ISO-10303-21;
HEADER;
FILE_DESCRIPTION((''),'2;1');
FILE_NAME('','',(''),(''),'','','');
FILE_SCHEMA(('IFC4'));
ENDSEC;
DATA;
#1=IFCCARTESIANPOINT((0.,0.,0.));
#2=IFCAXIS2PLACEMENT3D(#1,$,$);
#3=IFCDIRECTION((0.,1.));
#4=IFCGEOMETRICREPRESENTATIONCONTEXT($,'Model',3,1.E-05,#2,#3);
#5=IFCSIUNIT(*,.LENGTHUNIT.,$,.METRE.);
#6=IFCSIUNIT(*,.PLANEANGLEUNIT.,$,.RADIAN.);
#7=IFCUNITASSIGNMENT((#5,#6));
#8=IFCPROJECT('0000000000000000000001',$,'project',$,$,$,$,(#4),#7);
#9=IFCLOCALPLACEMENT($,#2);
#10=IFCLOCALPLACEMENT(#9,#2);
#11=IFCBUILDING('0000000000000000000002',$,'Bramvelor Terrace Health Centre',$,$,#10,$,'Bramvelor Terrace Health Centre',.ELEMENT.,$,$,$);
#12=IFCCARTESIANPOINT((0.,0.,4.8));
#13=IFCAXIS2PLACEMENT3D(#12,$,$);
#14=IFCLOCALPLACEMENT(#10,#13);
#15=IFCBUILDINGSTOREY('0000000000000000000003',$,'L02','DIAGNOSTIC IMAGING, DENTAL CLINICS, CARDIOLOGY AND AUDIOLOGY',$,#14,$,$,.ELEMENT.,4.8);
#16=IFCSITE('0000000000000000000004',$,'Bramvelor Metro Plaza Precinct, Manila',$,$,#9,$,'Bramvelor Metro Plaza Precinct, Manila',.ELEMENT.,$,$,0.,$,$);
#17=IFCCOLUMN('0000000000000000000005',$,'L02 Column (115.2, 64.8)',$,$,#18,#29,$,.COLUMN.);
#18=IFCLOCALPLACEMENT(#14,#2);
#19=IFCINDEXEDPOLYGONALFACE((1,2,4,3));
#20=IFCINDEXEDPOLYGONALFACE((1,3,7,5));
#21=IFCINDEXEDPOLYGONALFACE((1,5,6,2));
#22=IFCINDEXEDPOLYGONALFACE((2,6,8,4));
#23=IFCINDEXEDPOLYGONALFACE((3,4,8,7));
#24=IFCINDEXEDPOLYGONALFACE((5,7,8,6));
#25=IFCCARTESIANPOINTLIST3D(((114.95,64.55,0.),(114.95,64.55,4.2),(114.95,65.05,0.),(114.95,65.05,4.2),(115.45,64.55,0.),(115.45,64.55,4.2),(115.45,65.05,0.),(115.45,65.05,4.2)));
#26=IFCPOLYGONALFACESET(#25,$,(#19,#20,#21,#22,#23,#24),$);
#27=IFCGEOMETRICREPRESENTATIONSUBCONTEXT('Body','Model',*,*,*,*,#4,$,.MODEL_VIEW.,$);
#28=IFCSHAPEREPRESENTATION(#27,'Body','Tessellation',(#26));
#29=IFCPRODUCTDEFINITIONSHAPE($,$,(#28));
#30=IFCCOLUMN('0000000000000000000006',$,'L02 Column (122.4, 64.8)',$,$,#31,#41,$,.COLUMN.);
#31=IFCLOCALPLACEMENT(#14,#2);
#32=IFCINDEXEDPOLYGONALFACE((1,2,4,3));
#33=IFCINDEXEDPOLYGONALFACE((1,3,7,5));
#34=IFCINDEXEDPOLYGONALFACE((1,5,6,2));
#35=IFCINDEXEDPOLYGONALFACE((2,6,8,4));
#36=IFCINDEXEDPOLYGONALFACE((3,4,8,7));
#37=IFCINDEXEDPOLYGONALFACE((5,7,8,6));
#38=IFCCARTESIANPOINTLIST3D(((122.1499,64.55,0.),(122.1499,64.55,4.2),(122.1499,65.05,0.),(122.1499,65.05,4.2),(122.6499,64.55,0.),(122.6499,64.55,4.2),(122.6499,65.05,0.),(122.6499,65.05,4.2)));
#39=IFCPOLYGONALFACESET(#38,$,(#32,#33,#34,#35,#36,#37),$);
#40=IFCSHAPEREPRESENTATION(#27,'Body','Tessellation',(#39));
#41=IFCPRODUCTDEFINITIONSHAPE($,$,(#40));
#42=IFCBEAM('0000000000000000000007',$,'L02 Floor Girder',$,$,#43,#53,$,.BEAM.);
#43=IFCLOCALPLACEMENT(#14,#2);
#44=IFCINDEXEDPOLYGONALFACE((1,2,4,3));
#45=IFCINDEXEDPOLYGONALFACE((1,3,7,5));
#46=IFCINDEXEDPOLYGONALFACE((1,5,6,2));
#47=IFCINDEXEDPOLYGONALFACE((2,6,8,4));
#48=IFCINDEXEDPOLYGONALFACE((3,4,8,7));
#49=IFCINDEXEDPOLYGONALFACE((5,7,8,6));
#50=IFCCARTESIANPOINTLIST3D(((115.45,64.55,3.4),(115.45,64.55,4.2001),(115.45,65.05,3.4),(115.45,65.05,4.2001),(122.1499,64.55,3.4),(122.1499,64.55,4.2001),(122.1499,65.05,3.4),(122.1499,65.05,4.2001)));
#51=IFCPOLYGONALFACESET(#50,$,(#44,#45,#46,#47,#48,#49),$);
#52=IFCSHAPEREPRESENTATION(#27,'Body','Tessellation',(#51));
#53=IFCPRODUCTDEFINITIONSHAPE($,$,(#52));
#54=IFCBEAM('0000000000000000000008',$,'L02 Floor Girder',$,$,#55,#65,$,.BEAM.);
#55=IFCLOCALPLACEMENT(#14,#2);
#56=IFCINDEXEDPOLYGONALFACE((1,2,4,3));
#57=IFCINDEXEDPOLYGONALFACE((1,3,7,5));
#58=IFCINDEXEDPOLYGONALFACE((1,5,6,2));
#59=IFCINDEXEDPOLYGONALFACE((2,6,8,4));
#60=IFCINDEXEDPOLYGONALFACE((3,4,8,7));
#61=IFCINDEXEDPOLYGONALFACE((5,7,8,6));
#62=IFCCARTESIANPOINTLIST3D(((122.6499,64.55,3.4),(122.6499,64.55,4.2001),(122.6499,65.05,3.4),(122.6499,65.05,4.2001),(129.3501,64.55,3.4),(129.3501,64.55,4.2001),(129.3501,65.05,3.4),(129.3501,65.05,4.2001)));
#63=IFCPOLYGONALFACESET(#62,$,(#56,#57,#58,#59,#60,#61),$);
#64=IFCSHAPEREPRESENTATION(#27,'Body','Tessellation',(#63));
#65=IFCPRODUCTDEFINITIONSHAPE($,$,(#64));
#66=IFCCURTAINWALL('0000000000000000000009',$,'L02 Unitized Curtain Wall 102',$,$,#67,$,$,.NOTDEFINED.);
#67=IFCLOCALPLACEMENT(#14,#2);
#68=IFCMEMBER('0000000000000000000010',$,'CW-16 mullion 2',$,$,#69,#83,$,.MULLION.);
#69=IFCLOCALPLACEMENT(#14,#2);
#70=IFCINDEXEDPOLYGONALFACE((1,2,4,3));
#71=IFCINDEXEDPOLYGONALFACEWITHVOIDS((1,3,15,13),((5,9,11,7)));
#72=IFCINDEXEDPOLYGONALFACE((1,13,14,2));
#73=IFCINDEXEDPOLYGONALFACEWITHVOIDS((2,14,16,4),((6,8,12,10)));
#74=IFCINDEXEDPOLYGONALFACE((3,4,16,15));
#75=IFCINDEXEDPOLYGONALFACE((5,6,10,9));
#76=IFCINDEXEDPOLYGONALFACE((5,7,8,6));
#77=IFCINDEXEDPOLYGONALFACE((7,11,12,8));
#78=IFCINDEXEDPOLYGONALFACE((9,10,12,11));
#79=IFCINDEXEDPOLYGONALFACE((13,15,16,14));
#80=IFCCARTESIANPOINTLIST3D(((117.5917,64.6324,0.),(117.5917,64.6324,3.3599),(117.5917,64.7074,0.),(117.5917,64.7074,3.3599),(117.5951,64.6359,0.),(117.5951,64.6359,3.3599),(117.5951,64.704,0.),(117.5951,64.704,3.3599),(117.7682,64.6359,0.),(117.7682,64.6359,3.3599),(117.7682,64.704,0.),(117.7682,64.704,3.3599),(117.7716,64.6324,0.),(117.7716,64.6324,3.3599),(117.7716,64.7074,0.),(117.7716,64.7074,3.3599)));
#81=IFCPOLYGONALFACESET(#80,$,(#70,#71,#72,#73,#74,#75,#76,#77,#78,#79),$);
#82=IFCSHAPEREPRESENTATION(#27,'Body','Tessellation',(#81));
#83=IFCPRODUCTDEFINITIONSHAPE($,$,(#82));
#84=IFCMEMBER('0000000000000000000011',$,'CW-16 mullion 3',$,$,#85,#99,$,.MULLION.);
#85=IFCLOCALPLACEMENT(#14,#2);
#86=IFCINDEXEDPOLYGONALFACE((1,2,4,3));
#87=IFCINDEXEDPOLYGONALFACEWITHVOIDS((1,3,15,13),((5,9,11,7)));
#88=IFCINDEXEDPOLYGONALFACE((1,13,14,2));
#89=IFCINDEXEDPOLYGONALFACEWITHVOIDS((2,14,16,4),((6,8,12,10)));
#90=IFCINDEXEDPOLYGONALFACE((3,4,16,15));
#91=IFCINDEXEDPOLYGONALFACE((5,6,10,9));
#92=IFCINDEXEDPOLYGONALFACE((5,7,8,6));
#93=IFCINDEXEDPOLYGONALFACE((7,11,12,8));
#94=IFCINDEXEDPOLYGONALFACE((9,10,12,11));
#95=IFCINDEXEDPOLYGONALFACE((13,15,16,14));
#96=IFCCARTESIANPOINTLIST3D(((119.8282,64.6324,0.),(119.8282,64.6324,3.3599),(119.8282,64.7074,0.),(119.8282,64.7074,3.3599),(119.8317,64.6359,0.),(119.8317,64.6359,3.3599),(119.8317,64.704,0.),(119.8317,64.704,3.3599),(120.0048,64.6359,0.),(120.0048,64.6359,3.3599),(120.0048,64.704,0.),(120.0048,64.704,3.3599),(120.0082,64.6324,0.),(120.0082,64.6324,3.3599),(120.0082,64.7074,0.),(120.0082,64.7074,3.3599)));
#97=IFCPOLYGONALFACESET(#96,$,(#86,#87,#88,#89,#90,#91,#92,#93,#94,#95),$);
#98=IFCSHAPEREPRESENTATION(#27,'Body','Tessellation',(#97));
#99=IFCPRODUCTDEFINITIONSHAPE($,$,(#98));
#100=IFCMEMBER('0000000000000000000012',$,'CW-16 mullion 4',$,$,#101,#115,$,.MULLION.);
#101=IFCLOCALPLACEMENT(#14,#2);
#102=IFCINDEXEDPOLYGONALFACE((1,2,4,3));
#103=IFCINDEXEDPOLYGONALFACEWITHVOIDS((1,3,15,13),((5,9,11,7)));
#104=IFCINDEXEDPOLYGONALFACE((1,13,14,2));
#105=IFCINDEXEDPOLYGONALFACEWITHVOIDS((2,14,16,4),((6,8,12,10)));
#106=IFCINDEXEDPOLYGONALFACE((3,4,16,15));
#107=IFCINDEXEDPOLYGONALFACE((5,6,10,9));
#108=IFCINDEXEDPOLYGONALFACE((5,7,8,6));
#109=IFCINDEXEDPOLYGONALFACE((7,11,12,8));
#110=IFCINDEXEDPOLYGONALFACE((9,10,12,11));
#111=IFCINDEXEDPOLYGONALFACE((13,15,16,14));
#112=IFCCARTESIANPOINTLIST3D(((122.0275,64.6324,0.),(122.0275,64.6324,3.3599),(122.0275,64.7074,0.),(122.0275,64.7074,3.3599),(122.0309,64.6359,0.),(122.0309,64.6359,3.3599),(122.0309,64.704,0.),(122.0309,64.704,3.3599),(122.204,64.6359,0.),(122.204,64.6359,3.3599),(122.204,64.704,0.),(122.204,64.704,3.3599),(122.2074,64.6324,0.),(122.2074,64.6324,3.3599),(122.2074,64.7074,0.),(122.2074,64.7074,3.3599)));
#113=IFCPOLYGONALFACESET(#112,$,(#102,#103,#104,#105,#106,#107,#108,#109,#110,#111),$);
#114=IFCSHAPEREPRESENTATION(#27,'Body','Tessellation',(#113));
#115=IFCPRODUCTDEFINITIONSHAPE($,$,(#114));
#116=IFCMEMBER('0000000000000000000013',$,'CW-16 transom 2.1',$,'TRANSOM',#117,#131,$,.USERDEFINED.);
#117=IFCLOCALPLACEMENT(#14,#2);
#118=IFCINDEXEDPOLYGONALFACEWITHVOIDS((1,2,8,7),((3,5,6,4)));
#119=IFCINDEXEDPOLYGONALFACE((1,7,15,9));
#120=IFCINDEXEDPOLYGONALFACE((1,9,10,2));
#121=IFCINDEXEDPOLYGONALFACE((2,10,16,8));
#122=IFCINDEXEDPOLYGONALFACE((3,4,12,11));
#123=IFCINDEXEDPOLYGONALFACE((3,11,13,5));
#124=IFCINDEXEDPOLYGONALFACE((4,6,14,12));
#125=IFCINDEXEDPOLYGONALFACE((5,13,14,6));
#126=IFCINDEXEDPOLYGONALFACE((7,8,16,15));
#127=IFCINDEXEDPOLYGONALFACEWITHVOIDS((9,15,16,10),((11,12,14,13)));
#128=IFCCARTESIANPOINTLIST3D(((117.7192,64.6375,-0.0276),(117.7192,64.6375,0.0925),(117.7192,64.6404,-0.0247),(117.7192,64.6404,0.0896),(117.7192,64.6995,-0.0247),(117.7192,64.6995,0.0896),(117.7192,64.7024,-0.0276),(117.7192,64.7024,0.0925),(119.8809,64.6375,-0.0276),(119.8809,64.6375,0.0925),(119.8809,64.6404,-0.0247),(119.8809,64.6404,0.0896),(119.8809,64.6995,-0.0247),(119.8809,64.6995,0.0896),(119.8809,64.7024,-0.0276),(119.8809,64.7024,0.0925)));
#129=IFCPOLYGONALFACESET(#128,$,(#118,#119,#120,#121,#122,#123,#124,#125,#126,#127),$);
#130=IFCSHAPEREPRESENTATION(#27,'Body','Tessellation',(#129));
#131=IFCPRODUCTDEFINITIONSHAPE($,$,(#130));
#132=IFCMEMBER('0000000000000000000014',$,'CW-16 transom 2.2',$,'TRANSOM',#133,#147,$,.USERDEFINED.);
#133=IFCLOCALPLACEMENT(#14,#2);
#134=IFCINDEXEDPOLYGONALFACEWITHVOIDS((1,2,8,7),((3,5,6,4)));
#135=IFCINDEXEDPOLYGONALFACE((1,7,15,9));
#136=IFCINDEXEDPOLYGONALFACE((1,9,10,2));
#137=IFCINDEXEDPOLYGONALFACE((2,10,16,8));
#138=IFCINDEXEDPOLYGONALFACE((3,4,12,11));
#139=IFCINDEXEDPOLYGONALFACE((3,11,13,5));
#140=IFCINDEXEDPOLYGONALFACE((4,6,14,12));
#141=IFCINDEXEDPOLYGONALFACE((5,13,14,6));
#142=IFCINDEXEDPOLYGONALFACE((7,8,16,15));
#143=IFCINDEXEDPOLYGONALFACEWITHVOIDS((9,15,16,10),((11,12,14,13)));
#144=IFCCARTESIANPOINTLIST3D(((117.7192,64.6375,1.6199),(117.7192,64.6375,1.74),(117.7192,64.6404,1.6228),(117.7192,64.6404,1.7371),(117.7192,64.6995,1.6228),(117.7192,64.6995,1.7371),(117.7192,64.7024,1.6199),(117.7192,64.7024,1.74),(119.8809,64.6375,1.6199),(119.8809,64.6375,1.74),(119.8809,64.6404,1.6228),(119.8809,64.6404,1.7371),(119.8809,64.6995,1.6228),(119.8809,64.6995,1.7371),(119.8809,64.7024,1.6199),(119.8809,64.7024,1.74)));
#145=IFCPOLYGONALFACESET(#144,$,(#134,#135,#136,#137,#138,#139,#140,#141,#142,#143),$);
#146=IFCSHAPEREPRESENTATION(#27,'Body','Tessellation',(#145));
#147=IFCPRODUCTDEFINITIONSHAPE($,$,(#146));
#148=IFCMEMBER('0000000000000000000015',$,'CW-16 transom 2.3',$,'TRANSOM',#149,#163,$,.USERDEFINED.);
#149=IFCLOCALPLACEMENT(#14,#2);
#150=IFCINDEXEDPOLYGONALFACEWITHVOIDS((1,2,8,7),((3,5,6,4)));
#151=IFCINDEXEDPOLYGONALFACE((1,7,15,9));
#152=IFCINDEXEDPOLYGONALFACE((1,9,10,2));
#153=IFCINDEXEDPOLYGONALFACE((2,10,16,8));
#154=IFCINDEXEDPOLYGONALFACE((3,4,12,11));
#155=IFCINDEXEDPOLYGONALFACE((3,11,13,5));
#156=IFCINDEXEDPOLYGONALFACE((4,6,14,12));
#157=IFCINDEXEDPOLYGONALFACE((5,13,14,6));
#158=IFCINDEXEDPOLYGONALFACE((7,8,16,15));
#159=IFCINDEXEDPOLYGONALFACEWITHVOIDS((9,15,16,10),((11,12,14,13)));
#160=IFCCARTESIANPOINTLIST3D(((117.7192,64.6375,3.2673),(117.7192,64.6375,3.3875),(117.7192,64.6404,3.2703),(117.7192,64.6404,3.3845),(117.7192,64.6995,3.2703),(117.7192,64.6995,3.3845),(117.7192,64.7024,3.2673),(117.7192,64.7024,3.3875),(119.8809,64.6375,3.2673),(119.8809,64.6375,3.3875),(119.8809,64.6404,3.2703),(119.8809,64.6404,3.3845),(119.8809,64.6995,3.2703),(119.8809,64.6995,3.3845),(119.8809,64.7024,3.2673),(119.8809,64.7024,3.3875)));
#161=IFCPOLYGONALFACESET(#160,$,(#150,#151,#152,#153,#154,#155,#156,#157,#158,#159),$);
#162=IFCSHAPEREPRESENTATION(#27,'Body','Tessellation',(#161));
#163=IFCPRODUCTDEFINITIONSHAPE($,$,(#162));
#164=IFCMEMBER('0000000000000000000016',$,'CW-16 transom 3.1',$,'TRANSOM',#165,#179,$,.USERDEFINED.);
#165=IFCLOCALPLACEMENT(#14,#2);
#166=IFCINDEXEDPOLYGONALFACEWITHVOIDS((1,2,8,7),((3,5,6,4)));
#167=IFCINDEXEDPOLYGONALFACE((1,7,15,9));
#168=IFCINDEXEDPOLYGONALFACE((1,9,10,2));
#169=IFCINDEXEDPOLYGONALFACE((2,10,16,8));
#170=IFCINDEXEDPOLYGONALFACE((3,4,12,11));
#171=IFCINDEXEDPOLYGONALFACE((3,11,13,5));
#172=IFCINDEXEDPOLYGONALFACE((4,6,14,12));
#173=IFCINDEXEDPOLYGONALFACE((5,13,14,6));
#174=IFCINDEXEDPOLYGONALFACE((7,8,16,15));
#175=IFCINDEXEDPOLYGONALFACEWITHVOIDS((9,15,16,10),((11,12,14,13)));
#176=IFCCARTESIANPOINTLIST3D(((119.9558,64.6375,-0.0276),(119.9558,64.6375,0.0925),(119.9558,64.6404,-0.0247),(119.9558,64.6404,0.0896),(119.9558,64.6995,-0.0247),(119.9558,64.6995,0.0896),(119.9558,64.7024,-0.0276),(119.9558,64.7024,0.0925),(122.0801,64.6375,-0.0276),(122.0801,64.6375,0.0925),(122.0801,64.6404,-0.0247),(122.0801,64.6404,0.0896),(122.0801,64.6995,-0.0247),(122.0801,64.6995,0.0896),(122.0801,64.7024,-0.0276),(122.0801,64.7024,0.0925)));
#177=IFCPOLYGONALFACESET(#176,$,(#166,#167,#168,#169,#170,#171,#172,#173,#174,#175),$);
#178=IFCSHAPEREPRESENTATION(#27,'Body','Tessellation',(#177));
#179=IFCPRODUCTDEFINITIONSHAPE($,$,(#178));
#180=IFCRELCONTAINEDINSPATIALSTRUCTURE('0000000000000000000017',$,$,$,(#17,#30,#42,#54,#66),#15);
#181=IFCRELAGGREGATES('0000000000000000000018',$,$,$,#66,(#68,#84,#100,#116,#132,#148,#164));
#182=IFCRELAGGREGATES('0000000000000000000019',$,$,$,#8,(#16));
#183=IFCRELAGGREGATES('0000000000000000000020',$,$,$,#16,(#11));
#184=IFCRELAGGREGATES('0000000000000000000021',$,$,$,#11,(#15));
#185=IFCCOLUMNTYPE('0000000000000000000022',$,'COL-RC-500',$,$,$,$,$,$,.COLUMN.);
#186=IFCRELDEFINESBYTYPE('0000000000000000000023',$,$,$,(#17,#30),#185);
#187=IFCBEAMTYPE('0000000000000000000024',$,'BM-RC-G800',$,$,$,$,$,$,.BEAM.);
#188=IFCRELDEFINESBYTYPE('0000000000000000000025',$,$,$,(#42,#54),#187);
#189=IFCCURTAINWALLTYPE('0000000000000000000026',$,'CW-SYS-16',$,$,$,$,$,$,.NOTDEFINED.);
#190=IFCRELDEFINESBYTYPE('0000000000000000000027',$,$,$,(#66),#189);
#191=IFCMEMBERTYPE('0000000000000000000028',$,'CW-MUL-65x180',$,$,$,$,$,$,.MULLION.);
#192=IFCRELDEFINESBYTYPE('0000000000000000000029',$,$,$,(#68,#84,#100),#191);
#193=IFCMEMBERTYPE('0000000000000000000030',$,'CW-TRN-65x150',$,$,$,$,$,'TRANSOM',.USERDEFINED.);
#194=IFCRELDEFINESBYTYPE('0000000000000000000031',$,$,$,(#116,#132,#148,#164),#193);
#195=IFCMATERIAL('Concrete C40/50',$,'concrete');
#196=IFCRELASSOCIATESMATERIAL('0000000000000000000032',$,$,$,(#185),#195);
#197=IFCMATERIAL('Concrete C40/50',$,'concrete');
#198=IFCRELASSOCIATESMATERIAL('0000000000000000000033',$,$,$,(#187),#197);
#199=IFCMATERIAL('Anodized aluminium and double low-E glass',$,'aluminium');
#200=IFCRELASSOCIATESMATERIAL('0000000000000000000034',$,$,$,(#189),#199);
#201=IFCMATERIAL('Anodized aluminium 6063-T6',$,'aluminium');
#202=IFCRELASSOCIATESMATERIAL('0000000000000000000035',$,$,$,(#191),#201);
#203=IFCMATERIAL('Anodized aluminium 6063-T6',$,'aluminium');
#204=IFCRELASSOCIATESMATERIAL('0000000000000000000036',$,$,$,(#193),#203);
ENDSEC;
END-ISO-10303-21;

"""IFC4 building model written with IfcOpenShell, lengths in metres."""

from ifc_helpers import new_model, si_unit, direction, frame, origin, origin_2d, place, context, subcontext, project, spatial, rectangle, hollow_rectangle, extrude, material, material_profile, profile_set, type_object, element, aggregate, save


model = new_model("IFC4")

# Units and contexts
model_context = context("Model", 3, precision=1e-05, world=origin(), true_north=direction((0.0, 1.0)))
body_context = subcontext(model_context, "Body", "Model", "MODEL_VIEW")
ifc_project = project(units=[si_unit("LENGTHUNIT", "METRE"), si_unit("PLANEANGLEUNIT", "RADIAN")], contexts=[model_context])

# Site, building, storey
site_placement = place(None, origin())
site = spatial("IfcSite", under=ifc_project, at=site_placement, Name="Bramvelor Metro Plaza Precinct, Manila", LongName="Bramvelor Metro Plaza Precinct, Manila", CompositionType="ELEMENT", RefElevation=0.0)
building_placement = place(site_placement, origin())
building = spatial("IfcBuilding", under=site, at=building_placement, Name="Bramvelor Terrace Health Centre", LongName="Bramvelor Terrace Health Centre", CompositionType="ELEMENT")
storey_placement = place(building_placement, frame((0.0, 0.0, 4.8)))
storey = spatial("IfcBuildingStorey", under=building, at=storey_placement, Name="L02", Description="DIAGNOSTIC IMAGING, DENTAL CLINICS, CARDIOLOGY AND AUDIOLOGY", CompositionType="ELEMENT", Elevation=4.8)

# Columns
ifc_material_1 = material(Name="Concrete C40/50", Category="concrete")
ifc_material_profile_1 = material_profile(ifc_material_1, rectangle(XDim=0.5, YDim=0.5, at=origin_2d()), Name="RC 500x500")
ifc_profile_set_1 = profile_set([ifc_material_profile_1], Name="Concrete C40/50")
column_type = type_object("IfcColumnType", Name="COL-RC-500", PredefinedType="COLUMN", material=ifc_profile_set_1)
for number, where, z_axis, x_axis, name in (
    (1, (115.2, 64.8, 0.0), (0.0, 0.0, 1.0), (1.0, 0.0, 0.0), "L02 Column (115.2, 64.8)"),
    (2, (122.3999, 64.8, 0.0), (0.0, 0.0, 1.0), (1.0, 0.0, 0.0), "L02 Column (122.4, 64.8)"),
):
    element("IfcColumn", number, at=place(storey_placement, frame(where, z_axis=z_axis, x_axis=x_axis)), inside=storey, type_object=column_type, Name=name, PredefinedType="COLUMN", context=body_context, shape_type="SweptSolid", body=[
        extrude(rectangle(XDim=0.5, YDim=0.5, at=origin_2d()), origin(), (0.0, 0.0, 1.0), 4.2),
    ])

# Beams
ifc_material_2 = material(Name="Concrete C40/50", Category="concrete")
ifc_material_profile_2 = material_profile(ifc_material_2, rectangle(XDim=0.5, YDim=0.8, at=origin_2d()), Name="RC 500x800")
ifc_profile_set_2 = profile_set([ifc_material_profile_2], Name="Concrete C40/50")
beam_type = type_object("IfcBeamType", Name="BM-RC-G800", PredefinedType="BEAM", material=ifc_profile_set_2)
beam_1_placement = place(storey_placement, frame((115.45, 64.8, 3.8), z_axis=(1.0, 0.0, 0.0), x_axis=(0.0, 1.0, 0.0)))
element("IfcBeam", 3, at=beam_1_placement, inside=storey, type_object=beam_type, Name="L02 Floor Girder", PredefinedType="BEAM", context=body_context, shape_type="SweptSolid", body=[
    extrude(rectangle(XDim=0.5, YDim=0.8, at=origin_2d()), origin(), (0.0, 0.0, 1.0), 6.7),
])
beam_2_placement = place(storey_placement, frame((122.6499, 64.8, 3.8), z_axis=(1.0, 0.0, 0.0), x_axis=(0.0, 1.0, 0.0)))
element("IfcBeam", 4, at=beam_2_placement, inside=storey, type_object=beam_type, Name="L02 Floor Girder", PredefinedType="BEAM", context=body_context, shape_type="SweptSolid", body=[
    extrude(rectangle(XDim=0.5, YDim=0.8, at=origin_2d()), origin(), (0.0, 0.0, 1.0), 6.7002),
])

# Curtain wall, members
ifc_material_3 = material(Name="Anodized aluminium and double low-E glass", Category="aluminium")
curtain_wall_type = type_object("IfcCurtainWallType", Name="CW-SYS-16", PredefinedType="NOTDEFINED", material=ifc_material_3)
curtain_wall_placement = place(storey_placement, origin())
curtain_wall = element("IfcCurtainWall", 5, at=curtain_wall_placement, inside=storey, type_object=curtain_wall_type, Name="L02 Unitized Curtain Wall 102", PredefinedType="NOTDEFINED")
ifc_material_4 = material(Name="Anodized aluminium 6063-T6", Category="aluminium")
ifc_material_profile_3 = material_profile(ifc_material_4, hollow_rectangle(XDim=0.075, YDim=0.1799, WallThickness=0.0034, at=origin_2d()), Name="ALU-MUL 75x180x3.5")
ifc_profile_set_3 = profile_set([ifc_material_profile_3], Name="Anodized aluminium 6063-T6")
member_type_1 = type_object("IfcMemberType", Name="CW-MUL-65x180", PredefinedType="MULLION", material=ifc_profile_set_3)
member_1_placement = place(storey_placement, frame((117.6816, 64.6699, 0.0), z_axis=(0.0, 0.0, 1.0), x_axis=(0.0, 1.0, 0.0)))
member_1 = element("IfcMember", 6, at=member_1_placement, type_object=member_type_1, Name="CW-16 mullion 2", PredefinedType="MULLION", context=body_context, shape_type="SweptSolid", body=[
    extrude(hollow_rectangle(XDim=0.075, YDim=0.1799, WallThickness=0.0034, at=origin_2d()), origin(), (0.0, 0.0, 1.0), 3.3599),
])
member_2_placement = place(storey_placement, frame((119.9182, 64.6699, 0.0), z_axis=(0.0, 0.0, 1.0), x_axis=(0.0, 1.0, 0.0)))
member_2 = element("IfcMember", 7, at=member_2_placement, type_object=member_type_1, Name="CW-16 mullion 3", PredefinedType="MULLION", context=body_context, shape_type="SweptSolid", body=[
    extrude(hollow_rectangle(XDim=0.075, YDim=0.1799, WallThickness=0.0034, at=origin_2d()), origin(), (0.0, 0.0, 1.0), 3.3599),
])
member_3_placement = place(storey_placement, frame((122.1174, 64.6699, 0.0), z_axis=(0.0, 0.0, 1.0), x_axis=(0.0, 1.0, 0.0)))
member_3 = element("IfcMember", 8, at=member_3_placement, type_object=member_type_1, Name="CW-16 mullion 4", PredefinedType="MULLION", context=body_context, shape_type="SweptSolid", body=[
    extrude(hollow_rectangle(XDim=0.075, YDim=0.1799, WallThickness=0.0034, at=origin_2d()), origin(), (0.0, 0.0, 1.0), 3.3599),
])
ifc_material_5 = material(Name="Anodized aluminium 6063-T6", Category="aluminium")
ifc_material_profile_4 = material_profile(ifc_material_5, hollow_rectangle(XDim=0.0649, YDim=0.1201, WallThickness=0.0029, at=origin_2d()), Name="ALU-TRN 65x120x3.0")
ifc_profile_set_4 = profile_set([ifc_material_profile_4], Name="Anodized aluminium 6063-T6")
member_type_2 = type_object("IfcMemberType", Name="CW-TRN-65x150", ElementType="TRANSOM", PredefinedType="USERDEFINED", material=ifc_profile_set_4)
member_4_placement = place(storey_placement, frame((117.7192, 64.6699, 0.0325), z_axis=(1.0, 0.0, 0.0), x_axis=(0.0, 1.0, 0.0)))
member_4 = element("IfcMember", 9, at=member_4_placement, type_object=member_type_2, Name="CW-16 transom 2.1", ObjectType="TRANSOM", PredefinedType="USERDEFINED", context=body_context, shape_type="SweptSolid", body=[
    extrude(hollow_rectangle(XDim=0.0649, YDim=0.1201, WallThickness=0.0029, at=origin_2d()), origin(), (0.0, 0.0, 1.0), 2.1616),
])
member_5_placement = place(storey_placement, frame((117.7192, 64.6699, 1.6799), z_axis=(1.0, 0.0, 0.0), x_axis=(0.0, 1.0, 0.0)))
member_5 = element("IfcMember", 10, at=member_5_placement, type_object=member_type_2, Name="CW-16 transom 2.2", ObjectType="TRANSOM", PredefinedType="USERDEFINED", context=body_context, shape_type="SweptSolid", body=[
    extrude(hollow_rectangle(XDim=0.0649, YDim=0.1201, WallThickness=0.0029, at=origin_2d()), origin(), (0.0, 0.0, 1.0), 2.1616),
])
member_6_placement = place(storey_placement, frame((117.7192, 64.6699, 3.3274), z_axis=(1.0, 0.0, 0.0), x_axis=(0.0, 1.0, 0.0)))
member_6 = element("IfcMember", 11, at=member_6_placement, type_object=member_type_2, Name="CW-16 transom 2.3", ObjectType="TRANSOM", PredefinedType="USERDEFINED", context=body_context, shape_type="SweptSolid", body=[
    extrude(hollow_rectangle(XDim=0.0649, YDim=0.1201, WallThickness=0.0029, at=origin_2d()), origin(), (0.0, 0.0, 1.0), 2.1616),
])
member_7_placement = place(storey_placement, frame((119.9558, 64.6699, 0.0325), z_axis=(1.0, 0.0, 0.0), x_axis=(0.0, 1.0, 0.0)))
member_7 = element("IfcMember", 12, at=member_7_placement, type_object=member_type_2, Name="CW-16 transom 3.1", ObjectType="TRANSOM", PredefinedType="USERDEFINED", context=body_context, shape_type="SweptSolid", body=[
    extrude(hollow_rectangle(XDim=0.0649, YDim=0.1201, WallThickness=0.0029, at=origin_2d()), origin(), (0.0, 0.0, 1.0), 2.1243),
])
aggregate(curtain_wall, [member_1, member_2, member_3, member_4, member_5, member_6, member_7])

save(model, "model.ifc")
